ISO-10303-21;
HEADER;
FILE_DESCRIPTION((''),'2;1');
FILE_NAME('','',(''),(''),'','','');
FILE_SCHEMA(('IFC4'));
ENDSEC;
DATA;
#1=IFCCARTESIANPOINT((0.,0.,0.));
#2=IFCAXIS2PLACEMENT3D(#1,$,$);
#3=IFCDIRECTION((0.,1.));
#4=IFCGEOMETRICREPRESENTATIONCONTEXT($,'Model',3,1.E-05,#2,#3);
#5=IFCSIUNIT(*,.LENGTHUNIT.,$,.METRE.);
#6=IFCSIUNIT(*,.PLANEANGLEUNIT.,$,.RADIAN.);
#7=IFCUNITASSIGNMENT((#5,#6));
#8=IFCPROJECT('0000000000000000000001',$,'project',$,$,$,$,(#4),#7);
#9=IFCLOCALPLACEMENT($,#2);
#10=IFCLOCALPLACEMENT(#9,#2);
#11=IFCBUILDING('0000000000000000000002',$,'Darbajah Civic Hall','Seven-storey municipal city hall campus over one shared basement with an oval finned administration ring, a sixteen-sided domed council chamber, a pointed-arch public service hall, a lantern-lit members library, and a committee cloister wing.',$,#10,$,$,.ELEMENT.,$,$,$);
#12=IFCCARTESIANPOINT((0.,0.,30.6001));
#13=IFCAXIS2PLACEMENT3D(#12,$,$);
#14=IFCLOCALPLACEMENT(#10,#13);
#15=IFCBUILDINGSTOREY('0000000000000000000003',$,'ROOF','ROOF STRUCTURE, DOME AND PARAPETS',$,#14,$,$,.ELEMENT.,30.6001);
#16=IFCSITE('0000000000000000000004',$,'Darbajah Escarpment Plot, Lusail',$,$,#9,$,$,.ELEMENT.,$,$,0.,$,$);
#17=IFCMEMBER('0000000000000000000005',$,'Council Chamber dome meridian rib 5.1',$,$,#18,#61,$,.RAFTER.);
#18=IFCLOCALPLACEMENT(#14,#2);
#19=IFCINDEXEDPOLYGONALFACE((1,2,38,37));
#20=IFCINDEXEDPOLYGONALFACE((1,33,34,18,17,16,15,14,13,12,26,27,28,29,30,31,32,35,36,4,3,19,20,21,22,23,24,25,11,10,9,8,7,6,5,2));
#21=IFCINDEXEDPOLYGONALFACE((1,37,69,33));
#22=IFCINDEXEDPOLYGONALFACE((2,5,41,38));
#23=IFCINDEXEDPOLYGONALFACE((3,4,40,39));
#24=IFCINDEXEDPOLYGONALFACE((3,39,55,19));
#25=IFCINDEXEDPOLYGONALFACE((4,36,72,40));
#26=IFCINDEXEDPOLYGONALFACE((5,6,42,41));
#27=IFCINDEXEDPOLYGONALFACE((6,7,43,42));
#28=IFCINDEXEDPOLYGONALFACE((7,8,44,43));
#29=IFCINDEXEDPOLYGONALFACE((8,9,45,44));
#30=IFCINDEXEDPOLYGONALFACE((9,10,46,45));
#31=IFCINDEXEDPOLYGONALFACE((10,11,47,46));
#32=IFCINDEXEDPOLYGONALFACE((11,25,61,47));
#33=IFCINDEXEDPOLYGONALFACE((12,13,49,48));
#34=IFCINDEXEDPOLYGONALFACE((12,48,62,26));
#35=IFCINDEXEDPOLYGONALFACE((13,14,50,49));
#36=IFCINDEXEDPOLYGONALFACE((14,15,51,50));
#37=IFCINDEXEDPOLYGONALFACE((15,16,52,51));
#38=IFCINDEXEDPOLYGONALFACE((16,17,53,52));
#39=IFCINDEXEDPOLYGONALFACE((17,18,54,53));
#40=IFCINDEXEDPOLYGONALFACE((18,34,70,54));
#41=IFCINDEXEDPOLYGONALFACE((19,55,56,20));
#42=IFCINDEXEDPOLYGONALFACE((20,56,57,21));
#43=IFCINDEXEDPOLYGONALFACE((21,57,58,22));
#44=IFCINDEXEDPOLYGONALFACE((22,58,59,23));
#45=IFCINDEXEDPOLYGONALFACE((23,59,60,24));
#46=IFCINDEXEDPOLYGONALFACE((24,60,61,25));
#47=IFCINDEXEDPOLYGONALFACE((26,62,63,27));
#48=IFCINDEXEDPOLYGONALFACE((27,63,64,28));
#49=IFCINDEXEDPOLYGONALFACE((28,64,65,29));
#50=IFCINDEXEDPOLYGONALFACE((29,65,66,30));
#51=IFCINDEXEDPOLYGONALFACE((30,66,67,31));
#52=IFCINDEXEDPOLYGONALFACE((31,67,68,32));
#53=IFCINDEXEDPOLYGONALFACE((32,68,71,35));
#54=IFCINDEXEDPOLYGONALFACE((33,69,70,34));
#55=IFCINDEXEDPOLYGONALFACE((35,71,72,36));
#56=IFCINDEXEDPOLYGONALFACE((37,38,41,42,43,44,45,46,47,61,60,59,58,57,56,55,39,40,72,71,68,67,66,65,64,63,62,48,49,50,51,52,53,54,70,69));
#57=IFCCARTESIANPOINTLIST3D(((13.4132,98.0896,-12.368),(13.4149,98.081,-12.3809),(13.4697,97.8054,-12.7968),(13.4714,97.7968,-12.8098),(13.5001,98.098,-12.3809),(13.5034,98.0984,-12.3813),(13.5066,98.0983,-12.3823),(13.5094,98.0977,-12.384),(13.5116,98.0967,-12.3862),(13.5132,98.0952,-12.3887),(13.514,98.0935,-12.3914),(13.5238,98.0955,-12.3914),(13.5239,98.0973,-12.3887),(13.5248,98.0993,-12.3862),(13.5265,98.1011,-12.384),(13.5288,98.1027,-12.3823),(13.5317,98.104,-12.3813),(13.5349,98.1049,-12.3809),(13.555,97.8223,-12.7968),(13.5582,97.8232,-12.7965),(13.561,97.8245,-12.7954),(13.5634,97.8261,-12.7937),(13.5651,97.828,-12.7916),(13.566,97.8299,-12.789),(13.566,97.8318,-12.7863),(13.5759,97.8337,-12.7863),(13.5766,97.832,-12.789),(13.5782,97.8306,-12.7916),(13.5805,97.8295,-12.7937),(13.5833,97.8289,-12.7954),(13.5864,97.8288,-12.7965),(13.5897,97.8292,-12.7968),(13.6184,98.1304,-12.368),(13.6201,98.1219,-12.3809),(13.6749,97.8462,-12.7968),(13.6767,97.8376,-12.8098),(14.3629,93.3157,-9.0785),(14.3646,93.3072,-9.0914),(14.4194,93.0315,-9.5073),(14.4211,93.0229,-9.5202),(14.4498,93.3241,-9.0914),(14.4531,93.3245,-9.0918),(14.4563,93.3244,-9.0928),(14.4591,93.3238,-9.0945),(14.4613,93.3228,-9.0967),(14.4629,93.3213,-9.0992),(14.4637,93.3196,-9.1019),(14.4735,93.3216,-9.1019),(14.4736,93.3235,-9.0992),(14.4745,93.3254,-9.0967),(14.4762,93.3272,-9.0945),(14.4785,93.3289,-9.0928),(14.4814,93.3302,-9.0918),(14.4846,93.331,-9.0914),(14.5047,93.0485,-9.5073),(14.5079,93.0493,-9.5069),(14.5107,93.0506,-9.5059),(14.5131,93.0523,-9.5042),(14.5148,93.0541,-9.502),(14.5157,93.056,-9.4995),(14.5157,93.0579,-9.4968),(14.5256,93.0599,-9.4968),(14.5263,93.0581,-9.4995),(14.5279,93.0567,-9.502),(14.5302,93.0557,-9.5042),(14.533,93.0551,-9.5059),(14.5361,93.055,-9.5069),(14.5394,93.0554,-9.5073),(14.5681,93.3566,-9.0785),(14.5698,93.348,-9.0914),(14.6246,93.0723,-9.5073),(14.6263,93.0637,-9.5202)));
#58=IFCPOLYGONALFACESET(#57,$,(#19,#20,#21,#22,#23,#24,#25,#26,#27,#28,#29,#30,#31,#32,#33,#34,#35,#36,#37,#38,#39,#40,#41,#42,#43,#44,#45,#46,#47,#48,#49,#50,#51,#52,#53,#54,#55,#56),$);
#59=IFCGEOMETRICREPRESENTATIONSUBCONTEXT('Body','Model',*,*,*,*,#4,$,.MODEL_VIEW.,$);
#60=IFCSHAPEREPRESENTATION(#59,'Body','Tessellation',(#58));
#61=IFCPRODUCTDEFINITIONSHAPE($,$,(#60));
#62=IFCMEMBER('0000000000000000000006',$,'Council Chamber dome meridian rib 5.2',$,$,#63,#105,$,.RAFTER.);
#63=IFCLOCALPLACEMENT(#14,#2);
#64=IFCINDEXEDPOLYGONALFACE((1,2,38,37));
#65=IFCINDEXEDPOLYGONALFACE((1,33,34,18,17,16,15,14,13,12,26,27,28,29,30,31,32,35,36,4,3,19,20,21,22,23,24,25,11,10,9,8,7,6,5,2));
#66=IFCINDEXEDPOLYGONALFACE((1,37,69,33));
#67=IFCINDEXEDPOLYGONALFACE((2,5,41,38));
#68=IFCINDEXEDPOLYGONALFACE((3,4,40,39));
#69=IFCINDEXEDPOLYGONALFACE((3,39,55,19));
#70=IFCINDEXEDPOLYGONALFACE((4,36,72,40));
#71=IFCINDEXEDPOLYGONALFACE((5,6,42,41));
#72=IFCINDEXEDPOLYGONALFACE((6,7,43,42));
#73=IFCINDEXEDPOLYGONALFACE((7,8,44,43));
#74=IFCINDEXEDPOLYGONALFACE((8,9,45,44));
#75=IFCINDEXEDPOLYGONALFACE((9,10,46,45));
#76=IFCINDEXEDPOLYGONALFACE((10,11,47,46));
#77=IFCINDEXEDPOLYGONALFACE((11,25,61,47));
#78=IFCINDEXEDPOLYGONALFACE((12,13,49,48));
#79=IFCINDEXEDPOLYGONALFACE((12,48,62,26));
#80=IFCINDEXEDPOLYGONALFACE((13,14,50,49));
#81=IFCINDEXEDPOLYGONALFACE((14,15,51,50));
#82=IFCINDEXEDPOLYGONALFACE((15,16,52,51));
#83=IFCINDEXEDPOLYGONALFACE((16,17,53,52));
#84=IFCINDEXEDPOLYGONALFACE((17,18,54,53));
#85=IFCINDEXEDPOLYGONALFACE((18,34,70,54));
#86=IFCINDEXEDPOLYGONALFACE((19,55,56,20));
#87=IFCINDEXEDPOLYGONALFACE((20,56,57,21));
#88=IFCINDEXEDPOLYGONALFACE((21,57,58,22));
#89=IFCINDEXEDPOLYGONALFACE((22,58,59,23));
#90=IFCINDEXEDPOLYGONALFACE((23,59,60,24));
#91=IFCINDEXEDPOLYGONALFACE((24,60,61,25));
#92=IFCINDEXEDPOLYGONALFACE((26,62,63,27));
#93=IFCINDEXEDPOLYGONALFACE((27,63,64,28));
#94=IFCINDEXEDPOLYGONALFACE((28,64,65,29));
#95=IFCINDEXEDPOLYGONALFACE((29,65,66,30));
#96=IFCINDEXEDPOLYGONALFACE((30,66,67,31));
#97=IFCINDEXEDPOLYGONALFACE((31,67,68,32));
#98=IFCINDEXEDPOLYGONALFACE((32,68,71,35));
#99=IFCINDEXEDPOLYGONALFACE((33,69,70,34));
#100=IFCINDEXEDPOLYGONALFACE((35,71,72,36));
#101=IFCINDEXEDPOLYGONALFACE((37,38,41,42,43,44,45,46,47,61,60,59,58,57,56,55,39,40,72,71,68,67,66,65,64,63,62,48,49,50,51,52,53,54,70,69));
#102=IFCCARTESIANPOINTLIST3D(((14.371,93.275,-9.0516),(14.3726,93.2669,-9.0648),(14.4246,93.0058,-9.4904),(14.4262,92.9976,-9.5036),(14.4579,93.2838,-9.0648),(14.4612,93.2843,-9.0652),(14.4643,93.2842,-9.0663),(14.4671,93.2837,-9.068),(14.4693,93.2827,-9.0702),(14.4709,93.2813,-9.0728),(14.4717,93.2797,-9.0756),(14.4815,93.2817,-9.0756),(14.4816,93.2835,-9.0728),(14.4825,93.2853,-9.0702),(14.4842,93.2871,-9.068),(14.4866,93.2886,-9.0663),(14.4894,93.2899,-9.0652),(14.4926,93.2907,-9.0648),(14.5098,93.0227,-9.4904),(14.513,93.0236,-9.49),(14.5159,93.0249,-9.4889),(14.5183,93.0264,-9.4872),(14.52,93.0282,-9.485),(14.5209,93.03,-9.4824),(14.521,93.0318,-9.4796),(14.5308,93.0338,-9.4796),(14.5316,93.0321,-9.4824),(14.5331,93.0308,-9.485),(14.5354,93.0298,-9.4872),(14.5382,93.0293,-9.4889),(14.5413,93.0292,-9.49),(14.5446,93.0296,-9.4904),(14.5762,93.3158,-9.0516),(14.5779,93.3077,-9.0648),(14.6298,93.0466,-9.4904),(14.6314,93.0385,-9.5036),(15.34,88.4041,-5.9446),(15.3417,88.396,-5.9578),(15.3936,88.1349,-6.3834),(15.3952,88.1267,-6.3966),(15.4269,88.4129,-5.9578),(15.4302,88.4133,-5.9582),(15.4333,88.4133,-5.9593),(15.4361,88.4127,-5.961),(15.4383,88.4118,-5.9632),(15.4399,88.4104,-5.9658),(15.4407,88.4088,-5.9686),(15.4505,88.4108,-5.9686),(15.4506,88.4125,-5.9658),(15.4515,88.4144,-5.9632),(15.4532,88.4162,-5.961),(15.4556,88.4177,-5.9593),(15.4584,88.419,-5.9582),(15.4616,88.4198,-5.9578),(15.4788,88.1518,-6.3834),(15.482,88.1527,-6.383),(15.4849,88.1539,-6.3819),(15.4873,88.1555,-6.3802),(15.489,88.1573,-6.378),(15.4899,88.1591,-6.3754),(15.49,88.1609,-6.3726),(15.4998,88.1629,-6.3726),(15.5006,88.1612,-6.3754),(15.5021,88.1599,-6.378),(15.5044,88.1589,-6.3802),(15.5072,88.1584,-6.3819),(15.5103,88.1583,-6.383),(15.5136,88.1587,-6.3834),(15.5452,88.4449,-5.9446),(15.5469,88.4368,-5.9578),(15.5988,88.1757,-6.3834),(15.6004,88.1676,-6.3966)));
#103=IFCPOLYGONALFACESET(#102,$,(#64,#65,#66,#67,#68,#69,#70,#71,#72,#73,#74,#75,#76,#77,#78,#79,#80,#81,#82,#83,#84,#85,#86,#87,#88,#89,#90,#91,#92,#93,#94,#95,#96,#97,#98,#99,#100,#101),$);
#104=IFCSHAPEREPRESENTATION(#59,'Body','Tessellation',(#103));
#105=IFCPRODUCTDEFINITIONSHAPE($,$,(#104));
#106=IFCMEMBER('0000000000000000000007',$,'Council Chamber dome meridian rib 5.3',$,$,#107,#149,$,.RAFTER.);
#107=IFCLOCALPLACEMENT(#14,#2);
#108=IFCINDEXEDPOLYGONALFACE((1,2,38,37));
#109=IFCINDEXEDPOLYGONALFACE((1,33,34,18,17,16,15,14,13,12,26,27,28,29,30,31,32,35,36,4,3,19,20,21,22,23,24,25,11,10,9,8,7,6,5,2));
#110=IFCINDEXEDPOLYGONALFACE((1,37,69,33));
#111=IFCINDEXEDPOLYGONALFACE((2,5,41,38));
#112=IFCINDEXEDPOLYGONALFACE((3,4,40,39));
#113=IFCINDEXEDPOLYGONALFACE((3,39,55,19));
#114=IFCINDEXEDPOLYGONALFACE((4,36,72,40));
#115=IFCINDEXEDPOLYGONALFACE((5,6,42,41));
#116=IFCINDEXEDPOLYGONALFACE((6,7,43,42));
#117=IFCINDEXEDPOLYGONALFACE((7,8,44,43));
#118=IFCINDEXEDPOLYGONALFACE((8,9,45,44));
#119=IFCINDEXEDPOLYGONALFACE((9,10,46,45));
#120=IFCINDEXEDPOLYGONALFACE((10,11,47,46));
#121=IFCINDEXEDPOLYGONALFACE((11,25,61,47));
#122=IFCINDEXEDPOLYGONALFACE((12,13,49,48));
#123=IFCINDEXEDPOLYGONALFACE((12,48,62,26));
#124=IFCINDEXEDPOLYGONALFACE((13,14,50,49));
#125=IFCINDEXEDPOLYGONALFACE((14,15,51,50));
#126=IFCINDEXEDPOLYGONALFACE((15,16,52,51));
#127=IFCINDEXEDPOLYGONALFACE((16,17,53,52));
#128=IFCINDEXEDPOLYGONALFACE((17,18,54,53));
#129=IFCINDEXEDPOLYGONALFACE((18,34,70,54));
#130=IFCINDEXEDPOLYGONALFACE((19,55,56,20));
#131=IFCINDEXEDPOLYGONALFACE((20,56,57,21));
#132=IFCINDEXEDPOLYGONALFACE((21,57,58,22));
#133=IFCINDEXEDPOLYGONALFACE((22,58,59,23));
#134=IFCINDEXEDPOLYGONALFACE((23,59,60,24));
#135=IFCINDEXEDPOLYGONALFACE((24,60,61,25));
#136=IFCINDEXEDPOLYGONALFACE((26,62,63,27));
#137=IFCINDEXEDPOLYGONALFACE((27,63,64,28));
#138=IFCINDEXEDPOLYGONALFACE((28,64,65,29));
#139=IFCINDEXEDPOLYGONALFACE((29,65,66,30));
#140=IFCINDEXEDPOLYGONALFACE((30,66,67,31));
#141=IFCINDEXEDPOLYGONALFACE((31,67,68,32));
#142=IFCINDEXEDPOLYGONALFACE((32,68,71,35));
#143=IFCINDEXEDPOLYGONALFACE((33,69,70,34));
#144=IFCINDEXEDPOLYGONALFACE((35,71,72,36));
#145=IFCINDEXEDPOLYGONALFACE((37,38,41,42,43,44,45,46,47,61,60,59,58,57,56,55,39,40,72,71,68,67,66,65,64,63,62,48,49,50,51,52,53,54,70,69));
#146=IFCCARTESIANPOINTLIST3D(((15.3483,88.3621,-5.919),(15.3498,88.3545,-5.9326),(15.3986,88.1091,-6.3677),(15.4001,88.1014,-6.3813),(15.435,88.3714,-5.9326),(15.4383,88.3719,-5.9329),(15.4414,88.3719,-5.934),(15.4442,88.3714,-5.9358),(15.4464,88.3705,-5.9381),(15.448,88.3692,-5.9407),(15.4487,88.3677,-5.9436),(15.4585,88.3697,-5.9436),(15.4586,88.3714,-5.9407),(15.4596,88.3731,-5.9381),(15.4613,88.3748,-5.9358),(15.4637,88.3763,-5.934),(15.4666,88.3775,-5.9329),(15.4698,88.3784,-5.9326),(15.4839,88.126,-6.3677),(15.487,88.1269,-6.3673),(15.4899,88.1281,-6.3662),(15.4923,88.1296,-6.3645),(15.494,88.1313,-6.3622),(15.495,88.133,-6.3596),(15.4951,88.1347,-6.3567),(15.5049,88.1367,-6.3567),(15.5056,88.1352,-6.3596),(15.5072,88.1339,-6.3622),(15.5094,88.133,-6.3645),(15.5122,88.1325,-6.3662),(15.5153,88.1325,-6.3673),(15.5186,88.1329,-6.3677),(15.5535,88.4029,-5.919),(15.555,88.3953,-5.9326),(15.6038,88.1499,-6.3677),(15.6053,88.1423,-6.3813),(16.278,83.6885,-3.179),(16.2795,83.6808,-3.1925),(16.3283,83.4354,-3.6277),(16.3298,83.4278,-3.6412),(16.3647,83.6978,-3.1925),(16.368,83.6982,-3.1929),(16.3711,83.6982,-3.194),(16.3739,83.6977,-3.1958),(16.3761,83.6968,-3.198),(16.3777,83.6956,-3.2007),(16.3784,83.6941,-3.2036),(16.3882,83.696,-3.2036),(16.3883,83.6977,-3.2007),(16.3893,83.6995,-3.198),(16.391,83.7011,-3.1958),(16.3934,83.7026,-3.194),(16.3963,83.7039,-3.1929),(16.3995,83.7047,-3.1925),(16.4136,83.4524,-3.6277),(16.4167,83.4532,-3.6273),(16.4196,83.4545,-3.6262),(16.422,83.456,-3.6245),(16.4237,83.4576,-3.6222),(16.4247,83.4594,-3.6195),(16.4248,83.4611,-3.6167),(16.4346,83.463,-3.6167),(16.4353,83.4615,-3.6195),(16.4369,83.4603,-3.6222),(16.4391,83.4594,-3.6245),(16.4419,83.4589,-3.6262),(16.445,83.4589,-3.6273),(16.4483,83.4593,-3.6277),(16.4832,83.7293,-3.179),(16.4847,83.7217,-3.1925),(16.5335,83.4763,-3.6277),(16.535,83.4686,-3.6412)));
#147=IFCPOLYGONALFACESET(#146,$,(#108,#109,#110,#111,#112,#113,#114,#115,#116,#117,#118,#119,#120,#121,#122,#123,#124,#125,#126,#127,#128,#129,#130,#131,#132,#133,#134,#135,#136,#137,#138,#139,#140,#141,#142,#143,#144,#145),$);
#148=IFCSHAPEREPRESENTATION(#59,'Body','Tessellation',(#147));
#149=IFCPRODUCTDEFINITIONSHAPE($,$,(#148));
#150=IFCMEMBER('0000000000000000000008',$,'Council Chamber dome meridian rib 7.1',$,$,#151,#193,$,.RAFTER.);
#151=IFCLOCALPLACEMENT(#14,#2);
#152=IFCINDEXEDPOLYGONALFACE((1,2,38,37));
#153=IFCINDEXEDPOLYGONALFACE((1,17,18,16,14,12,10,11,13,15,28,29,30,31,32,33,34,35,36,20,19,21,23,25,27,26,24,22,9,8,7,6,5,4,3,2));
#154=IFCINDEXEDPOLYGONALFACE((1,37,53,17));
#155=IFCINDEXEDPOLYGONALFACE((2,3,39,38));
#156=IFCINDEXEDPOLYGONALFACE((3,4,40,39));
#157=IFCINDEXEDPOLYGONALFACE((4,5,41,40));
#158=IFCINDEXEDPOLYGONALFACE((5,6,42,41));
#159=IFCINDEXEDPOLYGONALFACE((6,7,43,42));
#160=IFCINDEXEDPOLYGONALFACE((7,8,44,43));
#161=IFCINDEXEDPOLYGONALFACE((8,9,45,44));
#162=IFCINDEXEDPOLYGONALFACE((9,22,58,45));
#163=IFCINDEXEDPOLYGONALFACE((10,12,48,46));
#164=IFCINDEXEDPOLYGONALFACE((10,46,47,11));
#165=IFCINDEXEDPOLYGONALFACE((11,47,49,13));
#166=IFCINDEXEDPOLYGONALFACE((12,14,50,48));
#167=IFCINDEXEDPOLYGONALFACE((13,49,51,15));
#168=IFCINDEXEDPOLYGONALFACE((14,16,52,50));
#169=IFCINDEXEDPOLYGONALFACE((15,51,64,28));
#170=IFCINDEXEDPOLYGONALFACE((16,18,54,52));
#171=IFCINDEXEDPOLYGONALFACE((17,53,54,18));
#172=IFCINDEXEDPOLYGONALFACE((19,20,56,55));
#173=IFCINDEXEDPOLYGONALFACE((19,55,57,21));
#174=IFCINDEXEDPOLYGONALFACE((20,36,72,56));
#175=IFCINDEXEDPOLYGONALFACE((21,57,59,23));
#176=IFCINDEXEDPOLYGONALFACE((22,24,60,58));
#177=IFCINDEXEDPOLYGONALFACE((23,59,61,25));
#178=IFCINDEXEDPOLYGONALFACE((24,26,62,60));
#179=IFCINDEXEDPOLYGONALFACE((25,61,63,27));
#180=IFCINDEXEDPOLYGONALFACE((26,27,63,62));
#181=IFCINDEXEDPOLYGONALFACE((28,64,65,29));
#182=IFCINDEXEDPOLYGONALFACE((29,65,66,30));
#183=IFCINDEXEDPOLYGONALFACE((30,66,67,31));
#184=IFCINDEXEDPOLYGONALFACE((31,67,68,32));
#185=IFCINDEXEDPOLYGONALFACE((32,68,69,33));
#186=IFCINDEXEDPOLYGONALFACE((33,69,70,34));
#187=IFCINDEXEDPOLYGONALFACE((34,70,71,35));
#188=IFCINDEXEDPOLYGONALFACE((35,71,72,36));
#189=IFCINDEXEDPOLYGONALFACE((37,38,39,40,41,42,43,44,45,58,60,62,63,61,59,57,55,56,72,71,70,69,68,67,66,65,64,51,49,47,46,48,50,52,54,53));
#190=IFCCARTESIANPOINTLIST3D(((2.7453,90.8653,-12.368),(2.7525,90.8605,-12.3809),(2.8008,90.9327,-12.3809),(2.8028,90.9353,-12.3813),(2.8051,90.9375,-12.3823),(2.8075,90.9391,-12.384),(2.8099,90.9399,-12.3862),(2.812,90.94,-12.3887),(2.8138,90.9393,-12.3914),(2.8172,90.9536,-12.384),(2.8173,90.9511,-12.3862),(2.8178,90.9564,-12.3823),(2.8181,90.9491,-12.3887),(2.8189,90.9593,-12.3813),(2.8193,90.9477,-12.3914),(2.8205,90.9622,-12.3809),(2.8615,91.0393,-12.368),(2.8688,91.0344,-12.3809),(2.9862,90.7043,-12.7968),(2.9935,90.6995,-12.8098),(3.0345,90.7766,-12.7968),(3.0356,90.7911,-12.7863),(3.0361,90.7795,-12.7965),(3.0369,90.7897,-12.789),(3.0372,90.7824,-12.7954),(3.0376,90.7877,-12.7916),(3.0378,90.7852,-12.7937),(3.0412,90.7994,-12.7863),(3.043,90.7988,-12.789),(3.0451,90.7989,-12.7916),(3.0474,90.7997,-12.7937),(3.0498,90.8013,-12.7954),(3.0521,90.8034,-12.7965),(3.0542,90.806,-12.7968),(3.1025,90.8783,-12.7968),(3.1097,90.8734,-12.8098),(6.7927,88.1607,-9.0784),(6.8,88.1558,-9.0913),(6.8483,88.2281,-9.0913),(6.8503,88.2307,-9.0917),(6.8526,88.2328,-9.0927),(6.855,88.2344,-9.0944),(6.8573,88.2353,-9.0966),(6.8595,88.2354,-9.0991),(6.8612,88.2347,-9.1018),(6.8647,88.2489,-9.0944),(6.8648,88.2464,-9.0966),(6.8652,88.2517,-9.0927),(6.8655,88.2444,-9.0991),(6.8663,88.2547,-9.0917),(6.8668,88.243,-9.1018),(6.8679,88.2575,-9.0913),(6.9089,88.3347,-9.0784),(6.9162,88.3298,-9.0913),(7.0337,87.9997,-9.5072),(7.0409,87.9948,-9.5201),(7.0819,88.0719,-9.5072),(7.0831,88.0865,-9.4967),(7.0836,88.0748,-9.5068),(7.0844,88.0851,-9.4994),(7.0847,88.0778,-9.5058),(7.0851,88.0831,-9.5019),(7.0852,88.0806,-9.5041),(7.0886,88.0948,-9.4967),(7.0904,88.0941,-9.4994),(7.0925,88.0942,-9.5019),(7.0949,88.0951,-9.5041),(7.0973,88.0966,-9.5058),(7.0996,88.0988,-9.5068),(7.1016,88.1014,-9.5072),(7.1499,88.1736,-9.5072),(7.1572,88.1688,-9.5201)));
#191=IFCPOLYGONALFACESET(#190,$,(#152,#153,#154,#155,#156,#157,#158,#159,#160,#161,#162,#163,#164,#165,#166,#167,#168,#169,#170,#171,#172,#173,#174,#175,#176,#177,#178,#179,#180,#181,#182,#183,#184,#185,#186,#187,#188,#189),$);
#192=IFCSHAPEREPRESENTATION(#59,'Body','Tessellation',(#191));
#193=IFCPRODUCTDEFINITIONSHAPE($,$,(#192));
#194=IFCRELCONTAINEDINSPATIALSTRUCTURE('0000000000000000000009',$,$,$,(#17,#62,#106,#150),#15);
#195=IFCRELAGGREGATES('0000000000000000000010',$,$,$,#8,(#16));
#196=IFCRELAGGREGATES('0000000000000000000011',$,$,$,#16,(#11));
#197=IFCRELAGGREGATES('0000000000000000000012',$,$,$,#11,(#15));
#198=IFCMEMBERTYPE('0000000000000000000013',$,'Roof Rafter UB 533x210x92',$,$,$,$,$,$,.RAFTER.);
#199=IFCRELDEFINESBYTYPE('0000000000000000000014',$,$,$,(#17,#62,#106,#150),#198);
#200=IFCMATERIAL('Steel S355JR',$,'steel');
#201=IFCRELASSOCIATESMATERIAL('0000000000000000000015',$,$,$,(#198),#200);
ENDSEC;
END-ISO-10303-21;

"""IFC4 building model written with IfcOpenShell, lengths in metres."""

from ifc_helpers import new_model, si_unit, direction, frame, origin, origin_2d, place, context, subcontext, project, spatial, i_section, extrude, material, material_profile, profile_set, type_object, element, save


model = new_model("IFC4")

# Units and contexts
model_context = context("Model", 3, precision=1e-05, world=origin(), true_north=direction((0.0, 1.0)))
body_context = subcontext(model_context, "Body", "Model", "MODEL_VIEW")
ifc_project = project(units=[si_unit("LENGTHUNIT", "METRE"), si_unit("PLANEANGLEUNIT", "RADIAN")], contexts=[model_context])

# Site, building, storey
site_placement = place(None, origin())
site = spatial("IfcSite", under=ifc_project, at=site_placement, Name="Darbajah Escarpment Plot, Lusail", CompositionType="ELEMENT", RefElevation=0.0)
building_placement = place(site_placement, origin())
building = spatial("IfcBuilding", under=site, at=building_placement, Name="Darbajah Civic Hall", Description="Seven-storey municipal city hall campus over one shared basement with an oval finned administration ring, a sixteen-sided domed council chamber, a pointed-arch public service hall, a lantern-lit members library, and a committee cloister wing.", CompositionType="ELEMENT")
storey_placement = place(building_placement, frame((0.0, 0.0, 30.6001)))
storey = spatial("IfcBuildingStorey", under=building, at=storey_placement, Name="ROOF", Description="ROOF STRUCTURE, DOME AND PARAPETS", CompositionType="ELEMENT", Elevation=30.6001)

# Members
ifc_material = material(Name="Steel S355JR", Category="steel")
ifc_material_profile_1 = material_profile(ifc_material, i_section(OverallWidth=0.2092, OverallDepth=0.5332, WebThickness=0.01, FlangeThickness=0.0156, FilletRadius=0.0127, at=origin_2d()), Name="UB 533x210x92")
ifc_profile_set_1 = profile_set([ifc_material_profile_1], Name="Steel S355JR")
member_type_1 = type_object("IfcMemberType", Name="Roof Rafter UB 533x210x92", PredefinedType="RAFTER", material=ifc_profile_set_1)
member_1_placement = place(storey_placement, frame((13.5449, 97.9636, -12.5889), z_axis=(0.161657, -0.812609, 0.559941), x_axis=(0.980781, 0.195113, 0.0)))
element("IfcMember", 1, at=member_1_placement, inside=storey, type_object=member_type_1, Name="Council Chamber dome meridian rib 5.1", PredefinedType="RAFTER", context=body_context, shape_type="SweptSolid", body=[
    extrude(i_section(OverallWidth=0.2092, OverallDepth=0.5332, WebThickness=0.01, FlangeThickness=0.0156, FilletRadius=0.0127, at=origin_2d()), origin(), (0.0, 0.0, 1.0), 5.8748),
])
member_2_placement = place(storey_placement, frame((14.5012, 93.1567, -9.2776), z_axis=(0.165411, -0.831475, 0.530367), x_axis=(0.980781, 0.195114, 0.0)))
element("IfcMember", 2, at=member_2_placement, inside=storey, type_object=member_type_1, Name="Council Chamber dome meridian rib 5.2", PredefinedType="RAFTER", context=body_context, shape_type="SweptSolid", body=[
    extrude(i_section(OverallWidth=0.2092, OverallDepth=0.5332, WebThickness=0.01, FlangeThickness=0.0156, FilletRadius=0.0127, at=origin_2d()), origin(), (0.0, 0.0, 1.0), 5.8582),
])
member_3_placement = place(storey_placement, frame((15.4768, 88.2522, -6.1501), z_axis=(0.169134, -0.850245, 0.498475), x_axis=(0.980783, 0.195101, 0.0)))
element("IfcMember", 3, at=member_3_placement, inside=storey, type_object=member_type_1, Name="Council Chamber dome meridian rib 5.3", PredefinedType="RAFTER", context=body_context, shape_type="SweptSolid", body=[
    extrude(i_section(OverallWidth=0.2092, OverallDepth=0.5332, WebThickness=0.01, FlangeThickness=0.0156, FilletRadius=0.0127, at=origin_2d()), origin(), (0.0, 0.0, 1.0), 5.4968),
])
member_4_placement = place(storey_placement, frame((2.9275, 90.8694, -12.5889), z_axis=(0.688898, -0.460346, 0.559912), x_axis=(0.555603, 0.831448, 0.0)))
element("IfcMember", 4, at=member_4_placement, inside=storey, type_object=member_type_1, Name="Council Chamber dome meridian rib 7.1", PredefinedType="RAFTER", context=body_context, shape_type="SweptSolid", body=[
    extrude(i_section(OverallWidth=0.2092, OverallDepth=0.5332, WebThickness=0.01, FlangeThickness=0.0156, FilletRadius=0.0127, at=origin_2d()), origin(), (0.0, 0.0, 1.0), 5.8752),
])

save(model, "model.ifc")
